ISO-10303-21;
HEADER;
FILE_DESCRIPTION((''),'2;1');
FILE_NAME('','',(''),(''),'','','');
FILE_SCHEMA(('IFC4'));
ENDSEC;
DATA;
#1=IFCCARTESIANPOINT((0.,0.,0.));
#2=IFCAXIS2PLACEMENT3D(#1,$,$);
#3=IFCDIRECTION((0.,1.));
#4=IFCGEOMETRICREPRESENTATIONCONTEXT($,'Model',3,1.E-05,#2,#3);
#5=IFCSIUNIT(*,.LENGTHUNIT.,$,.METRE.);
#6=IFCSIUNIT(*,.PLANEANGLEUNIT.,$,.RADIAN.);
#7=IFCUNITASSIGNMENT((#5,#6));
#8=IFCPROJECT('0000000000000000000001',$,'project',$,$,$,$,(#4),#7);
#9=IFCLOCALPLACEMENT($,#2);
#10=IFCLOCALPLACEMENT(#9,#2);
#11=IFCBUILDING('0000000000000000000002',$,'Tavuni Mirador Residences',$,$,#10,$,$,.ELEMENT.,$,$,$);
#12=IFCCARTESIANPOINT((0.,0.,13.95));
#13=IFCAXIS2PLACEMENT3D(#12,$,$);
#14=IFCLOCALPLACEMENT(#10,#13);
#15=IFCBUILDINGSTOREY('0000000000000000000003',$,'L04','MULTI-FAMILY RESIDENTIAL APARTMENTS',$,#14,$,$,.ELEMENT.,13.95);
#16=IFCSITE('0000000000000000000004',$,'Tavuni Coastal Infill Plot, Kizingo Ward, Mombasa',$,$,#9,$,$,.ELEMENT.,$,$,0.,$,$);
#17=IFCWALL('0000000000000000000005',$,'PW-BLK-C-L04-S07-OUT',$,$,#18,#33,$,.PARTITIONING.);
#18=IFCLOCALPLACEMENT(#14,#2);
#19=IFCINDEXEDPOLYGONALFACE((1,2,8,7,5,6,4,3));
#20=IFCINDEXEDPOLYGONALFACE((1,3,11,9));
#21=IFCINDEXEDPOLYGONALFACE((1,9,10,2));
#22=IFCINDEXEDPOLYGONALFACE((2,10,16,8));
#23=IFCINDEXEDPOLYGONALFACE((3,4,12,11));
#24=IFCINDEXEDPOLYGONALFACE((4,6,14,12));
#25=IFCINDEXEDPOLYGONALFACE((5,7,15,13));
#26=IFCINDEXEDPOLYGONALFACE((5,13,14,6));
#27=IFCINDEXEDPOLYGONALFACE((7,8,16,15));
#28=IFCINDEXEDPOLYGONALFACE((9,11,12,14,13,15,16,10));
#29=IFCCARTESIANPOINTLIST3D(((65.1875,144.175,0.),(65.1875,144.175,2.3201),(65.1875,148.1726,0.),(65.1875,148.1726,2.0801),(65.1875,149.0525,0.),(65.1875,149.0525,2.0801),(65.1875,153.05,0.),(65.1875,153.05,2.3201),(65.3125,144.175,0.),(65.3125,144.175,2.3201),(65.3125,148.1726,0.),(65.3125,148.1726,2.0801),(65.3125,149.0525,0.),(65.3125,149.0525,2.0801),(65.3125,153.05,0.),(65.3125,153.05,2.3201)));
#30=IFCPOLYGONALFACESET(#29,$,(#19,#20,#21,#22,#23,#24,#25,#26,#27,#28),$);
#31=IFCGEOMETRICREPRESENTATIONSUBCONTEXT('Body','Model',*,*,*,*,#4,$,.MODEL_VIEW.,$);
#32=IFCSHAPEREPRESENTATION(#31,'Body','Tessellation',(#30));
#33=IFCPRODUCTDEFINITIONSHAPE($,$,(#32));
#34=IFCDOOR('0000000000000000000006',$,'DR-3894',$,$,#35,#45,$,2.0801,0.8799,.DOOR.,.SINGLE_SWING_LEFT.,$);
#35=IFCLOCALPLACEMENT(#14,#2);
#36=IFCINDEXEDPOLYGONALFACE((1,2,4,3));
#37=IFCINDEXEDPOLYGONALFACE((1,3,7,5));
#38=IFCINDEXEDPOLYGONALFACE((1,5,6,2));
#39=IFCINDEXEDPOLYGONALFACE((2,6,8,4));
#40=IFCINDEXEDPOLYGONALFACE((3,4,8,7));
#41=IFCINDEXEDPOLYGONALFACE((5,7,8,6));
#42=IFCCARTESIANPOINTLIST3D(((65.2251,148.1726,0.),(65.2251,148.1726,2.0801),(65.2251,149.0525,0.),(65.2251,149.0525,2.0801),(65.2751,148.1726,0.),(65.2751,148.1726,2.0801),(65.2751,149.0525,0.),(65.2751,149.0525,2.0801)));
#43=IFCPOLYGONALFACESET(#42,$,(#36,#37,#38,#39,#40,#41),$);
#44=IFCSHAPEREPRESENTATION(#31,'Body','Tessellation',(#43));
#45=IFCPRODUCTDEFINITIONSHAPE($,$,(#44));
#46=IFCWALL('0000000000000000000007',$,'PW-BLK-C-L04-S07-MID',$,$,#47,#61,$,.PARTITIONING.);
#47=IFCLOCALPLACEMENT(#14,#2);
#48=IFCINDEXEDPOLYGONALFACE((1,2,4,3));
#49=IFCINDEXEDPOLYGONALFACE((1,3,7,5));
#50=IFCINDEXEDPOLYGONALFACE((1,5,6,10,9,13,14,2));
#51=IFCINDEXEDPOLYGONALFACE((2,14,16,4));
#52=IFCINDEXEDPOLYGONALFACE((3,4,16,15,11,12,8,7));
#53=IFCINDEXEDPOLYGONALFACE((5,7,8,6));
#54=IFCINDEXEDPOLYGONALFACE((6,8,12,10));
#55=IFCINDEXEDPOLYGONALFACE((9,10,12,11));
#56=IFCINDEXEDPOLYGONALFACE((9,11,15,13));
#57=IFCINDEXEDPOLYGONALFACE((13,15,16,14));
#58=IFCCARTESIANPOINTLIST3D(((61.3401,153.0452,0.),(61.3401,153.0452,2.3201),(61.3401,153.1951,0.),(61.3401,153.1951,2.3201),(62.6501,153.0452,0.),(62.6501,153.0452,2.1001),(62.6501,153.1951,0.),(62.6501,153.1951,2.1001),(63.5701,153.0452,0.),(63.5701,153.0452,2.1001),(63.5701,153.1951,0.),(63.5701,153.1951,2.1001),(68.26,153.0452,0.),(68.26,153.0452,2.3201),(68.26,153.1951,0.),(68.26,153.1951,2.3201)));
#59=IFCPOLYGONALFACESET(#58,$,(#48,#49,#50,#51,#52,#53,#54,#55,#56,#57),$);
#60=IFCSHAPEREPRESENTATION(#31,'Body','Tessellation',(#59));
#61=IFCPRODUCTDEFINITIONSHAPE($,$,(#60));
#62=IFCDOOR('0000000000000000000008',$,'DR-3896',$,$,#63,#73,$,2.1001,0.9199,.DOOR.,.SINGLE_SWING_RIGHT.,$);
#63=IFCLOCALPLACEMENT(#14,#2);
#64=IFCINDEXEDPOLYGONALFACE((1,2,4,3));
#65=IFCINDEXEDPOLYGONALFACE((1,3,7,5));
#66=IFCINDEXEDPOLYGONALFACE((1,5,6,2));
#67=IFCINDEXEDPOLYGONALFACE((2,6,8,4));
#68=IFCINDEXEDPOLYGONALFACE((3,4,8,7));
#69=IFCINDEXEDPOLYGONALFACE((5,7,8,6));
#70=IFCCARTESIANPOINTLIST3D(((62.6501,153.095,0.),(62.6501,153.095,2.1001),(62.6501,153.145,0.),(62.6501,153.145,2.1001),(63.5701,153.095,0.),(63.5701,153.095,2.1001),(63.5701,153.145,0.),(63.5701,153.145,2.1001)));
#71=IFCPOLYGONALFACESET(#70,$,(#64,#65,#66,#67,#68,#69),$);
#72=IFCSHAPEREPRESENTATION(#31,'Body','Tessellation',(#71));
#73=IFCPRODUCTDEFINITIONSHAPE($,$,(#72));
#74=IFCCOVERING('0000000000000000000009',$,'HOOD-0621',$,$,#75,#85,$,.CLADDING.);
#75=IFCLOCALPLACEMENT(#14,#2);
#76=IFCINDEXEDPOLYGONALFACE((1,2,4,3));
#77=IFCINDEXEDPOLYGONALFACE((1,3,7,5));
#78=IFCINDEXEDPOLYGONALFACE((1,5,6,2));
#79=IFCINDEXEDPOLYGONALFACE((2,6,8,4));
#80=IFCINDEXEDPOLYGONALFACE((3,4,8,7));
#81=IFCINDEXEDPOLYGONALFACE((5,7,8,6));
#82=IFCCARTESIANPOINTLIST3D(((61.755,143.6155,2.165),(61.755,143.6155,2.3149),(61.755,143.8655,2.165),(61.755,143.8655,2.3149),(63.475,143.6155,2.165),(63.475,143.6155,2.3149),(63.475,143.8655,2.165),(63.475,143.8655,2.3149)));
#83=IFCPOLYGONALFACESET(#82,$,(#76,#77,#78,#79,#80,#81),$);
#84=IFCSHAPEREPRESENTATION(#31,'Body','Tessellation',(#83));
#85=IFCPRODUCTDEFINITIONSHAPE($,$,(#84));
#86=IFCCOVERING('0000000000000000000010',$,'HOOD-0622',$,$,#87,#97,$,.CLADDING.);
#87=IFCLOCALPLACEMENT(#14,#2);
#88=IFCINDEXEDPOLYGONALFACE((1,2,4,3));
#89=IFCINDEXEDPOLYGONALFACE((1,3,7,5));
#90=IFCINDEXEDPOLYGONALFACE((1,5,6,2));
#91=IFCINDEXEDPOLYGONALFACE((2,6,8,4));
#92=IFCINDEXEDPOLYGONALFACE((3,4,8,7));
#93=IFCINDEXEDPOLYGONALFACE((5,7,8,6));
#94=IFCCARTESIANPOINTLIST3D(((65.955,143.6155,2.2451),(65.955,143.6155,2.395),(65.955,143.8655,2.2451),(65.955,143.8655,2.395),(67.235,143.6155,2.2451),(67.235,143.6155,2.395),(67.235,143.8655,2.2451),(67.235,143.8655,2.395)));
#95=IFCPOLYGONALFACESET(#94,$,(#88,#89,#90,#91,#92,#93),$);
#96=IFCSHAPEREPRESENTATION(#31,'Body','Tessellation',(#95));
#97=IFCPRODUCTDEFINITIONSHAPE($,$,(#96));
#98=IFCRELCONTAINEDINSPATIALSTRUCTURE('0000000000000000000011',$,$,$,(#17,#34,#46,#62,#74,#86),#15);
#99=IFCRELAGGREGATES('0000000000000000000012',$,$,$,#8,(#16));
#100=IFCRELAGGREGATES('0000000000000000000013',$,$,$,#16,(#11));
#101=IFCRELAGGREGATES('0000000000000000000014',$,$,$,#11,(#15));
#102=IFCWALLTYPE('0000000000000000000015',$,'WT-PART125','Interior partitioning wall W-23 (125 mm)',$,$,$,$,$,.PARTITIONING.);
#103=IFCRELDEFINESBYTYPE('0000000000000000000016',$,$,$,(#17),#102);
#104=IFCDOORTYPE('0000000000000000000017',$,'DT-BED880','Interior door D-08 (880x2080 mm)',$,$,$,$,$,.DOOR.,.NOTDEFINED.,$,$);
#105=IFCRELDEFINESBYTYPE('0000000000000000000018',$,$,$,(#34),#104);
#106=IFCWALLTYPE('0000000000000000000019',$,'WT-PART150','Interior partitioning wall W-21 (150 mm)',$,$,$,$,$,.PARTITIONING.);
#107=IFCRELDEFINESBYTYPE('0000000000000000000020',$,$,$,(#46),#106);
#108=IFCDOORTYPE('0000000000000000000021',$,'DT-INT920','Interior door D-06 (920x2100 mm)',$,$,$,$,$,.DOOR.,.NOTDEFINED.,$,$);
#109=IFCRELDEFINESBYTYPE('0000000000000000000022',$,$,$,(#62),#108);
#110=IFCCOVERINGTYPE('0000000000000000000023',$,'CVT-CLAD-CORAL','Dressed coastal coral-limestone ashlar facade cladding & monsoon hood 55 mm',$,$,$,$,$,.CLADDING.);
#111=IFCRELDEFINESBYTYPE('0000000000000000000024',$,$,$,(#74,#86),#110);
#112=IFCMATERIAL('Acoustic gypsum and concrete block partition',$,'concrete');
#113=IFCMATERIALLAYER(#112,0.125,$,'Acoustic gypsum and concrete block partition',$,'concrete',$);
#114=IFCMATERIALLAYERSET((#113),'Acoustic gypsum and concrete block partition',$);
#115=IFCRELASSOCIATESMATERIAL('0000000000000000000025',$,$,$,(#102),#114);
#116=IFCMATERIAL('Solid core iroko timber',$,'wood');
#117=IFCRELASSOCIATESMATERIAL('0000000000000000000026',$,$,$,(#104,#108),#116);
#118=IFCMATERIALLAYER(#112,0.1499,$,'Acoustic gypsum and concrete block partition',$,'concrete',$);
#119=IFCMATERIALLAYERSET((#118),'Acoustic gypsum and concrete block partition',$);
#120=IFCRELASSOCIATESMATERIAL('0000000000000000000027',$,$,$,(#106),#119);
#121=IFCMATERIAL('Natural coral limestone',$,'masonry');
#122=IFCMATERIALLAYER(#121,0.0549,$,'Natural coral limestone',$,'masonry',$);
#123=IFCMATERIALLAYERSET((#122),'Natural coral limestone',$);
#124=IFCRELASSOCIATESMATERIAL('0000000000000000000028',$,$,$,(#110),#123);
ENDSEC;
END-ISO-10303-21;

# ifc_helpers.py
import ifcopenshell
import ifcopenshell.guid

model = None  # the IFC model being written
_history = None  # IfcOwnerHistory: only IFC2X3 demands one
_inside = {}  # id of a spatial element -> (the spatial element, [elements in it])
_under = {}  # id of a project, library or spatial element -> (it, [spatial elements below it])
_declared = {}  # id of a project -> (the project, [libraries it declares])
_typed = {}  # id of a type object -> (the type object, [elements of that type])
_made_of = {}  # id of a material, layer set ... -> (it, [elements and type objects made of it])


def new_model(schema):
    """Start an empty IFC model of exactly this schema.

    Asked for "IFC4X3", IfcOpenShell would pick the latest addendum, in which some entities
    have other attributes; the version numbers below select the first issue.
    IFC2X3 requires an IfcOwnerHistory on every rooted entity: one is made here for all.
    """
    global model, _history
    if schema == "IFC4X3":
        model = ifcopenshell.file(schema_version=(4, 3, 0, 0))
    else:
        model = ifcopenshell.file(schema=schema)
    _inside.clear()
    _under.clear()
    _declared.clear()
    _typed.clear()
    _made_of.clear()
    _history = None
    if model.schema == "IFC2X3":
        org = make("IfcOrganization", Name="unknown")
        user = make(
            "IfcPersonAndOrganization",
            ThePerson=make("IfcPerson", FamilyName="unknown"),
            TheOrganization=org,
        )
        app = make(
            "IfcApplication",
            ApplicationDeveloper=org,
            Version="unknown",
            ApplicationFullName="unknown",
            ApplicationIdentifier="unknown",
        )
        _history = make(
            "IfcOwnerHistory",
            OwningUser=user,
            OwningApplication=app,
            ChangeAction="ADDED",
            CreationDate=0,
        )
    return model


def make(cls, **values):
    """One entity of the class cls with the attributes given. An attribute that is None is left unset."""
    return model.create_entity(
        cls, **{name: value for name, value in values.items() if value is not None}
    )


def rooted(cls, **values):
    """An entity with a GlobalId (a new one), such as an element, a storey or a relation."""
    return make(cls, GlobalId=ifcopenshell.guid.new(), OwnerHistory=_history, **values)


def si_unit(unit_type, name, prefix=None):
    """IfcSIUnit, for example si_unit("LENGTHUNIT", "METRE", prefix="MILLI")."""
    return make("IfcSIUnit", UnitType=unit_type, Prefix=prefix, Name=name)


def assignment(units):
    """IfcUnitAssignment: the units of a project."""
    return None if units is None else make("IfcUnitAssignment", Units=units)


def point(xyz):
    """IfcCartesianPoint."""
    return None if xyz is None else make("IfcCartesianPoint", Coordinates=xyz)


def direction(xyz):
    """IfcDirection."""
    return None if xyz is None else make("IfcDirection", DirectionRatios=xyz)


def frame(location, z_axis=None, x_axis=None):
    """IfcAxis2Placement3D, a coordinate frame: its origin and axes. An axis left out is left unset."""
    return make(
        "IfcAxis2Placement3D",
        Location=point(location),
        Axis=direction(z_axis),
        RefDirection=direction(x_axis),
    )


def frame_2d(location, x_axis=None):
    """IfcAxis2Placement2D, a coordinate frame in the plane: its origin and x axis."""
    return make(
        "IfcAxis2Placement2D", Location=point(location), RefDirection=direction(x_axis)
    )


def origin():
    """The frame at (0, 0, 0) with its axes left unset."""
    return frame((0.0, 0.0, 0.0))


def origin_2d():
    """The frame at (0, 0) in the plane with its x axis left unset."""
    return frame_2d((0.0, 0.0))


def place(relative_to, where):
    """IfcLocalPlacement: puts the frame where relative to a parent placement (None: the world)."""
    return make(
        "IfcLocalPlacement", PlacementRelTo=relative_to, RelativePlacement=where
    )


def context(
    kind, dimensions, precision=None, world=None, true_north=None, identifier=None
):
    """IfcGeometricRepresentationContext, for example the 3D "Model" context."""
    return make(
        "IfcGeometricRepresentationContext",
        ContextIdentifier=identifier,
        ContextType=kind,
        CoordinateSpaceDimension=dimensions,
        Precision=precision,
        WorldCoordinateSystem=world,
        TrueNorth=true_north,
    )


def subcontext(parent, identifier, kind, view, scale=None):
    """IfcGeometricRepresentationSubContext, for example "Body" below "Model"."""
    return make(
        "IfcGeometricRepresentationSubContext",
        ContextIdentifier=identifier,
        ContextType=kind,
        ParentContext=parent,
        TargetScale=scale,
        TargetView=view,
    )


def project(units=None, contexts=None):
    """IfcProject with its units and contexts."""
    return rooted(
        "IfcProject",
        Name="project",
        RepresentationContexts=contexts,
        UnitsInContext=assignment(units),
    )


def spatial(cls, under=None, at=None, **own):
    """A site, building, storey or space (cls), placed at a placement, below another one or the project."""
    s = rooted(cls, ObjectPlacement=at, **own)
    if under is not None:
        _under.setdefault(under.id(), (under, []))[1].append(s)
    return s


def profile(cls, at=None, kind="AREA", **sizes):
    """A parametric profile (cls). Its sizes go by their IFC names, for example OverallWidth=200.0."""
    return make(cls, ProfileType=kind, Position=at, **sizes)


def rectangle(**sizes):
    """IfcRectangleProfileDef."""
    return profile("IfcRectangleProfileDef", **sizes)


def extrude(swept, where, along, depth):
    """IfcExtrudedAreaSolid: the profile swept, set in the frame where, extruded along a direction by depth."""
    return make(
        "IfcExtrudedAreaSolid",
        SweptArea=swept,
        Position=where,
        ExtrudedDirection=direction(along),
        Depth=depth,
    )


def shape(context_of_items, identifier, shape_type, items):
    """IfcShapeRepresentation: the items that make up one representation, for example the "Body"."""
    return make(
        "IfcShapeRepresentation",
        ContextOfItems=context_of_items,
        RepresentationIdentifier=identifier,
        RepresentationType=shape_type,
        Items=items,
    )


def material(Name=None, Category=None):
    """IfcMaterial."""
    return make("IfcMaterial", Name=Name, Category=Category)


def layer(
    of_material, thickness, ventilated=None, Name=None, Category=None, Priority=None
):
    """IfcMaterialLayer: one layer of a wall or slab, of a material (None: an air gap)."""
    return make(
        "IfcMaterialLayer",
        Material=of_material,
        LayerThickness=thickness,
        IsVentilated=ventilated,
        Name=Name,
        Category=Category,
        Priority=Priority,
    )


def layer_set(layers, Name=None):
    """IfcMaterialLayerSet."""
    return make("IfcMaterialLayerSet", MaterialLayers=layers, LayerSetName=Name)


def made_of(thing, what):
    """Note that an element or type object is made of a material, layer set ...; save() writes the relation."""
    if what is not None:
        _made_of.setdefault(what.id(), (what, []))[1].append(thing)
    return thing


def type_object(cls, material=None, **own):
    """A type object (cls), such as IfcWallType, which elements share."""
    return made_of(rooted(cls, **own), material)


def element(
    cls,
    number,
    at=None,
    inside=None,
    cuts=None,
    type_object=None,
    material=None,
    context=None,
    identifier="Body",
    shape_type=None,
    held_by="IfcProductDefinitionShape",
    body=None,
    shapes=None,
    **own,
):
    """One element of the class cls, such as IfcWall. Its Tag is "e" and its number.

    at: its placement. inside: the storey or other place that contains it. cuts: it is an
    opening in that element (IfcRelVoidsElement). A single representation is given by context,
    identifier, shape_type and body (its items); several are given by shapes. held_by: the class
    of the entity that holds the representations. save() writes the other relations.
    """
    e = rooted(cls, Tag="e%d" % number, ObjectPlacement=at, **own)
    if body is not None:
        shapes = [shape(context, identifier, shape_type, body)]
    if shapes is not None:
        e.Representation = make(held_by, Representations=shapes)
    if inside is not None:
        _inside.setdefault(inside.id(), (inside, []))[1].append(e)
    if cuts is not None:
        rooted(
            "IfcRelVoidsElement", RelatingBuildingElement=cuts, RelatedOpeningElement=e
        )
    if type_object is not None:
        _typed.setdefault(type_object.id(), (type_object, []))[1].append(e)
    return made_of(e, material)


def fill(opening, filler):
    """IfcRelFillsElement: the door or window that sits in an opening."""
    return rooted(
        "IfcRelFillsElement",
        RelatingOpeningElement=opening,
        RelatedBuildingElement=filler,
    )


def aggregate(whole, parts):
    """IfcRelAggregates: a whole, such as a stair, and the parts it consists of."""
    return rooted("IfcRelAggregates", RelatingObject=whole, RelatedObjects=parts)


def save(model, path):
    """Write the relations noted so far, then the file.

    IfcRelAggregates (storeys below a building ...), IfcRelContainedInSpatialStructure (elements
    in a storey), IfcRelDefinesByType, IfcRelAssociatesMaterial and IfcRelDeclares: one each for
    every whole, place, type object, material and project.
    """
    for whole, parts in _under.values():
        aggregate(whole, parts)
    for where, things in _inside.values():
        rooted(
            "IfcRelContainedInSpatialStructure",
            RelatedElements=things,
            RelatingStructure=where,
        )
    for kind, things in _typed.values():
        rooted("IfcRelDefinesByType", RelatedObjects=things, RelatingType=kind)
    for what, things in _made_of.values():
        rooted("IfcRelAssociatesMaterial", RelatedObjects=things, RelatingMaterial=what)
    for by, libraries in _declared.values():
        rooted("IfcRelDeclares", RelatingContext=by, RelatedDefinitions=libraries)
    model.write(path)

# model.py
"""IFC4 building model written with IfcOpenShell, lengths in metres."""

from ifc_helpers import new_model, si_unit, direction, frame, frame_2d, origin, origin_2d, place, context, subcontext, project, spatial, rectangle, extrude, material, layer, layer_set, type_object, element, fill, save


model = new_model("IFC4")

# Units and contexts
model_context = context("Model", 3, precision=1e-05, world=origin(), true_north=direction((0.0, 1.0)))
body_context = subcontext(model_context, "Body", "Model", "MODEL_VIEW")
ifc_project = project(units=[si_unit("LENGTHUNIT", "METRE"), si_unit("PLANEANGLEUNIT", "RADIAN")], contexts=[model_context])

# Site, building, storey
site_placement = place(None, origin())
site = spatial("IfcSite", under=ifc_project, at=site_placement, Name="Tavuni Coastal Infill Plot, Kizingo Ward, Mombasa", CompositionType="ELEMENT", RefElevation=0.0)
building_placement = place(site_placement, origin())
building = spatial("IfcBuilding", under=site, at=building_placement, Name="Tavuni Mirador Residences", CompositionType="ELEMENT")
storey_placement = place(building_placement, frame((0.0, 0.0, 13.95)))
storey = spatial("IfcBuildingStorey", under=building, at=storey_placement, Name="L04", Description="MULTI-FAMILY RESIDENTIAL APARTMENTS", CompositionType="ELEMENT", Elevation=13.95)

# Shared definitions
ifc_material_1 = material(Name="Solid core iroko timber", Category="wood")

# Walls, openings, doors
ifc_material_2 = material(Name="Acoustic gypsum and concrete block partition", Category="concrete")
ifc_layer_1 = layer(ifc_material_2, 0.125, Name="Acoustic gypsum and concrete block partition", Category="concrete")
ifc_layer_set_1 = layer_set([ifc_layer_1], Name="Acoustic gypsum and concrete block partition")
wall_type_1 = type_object("IfcWallType", Name="WT-PART125", Description="Interior partitioning wall W-23 (125 mm)", PredefinedType="PARTITIONING", material=ifc_layer_set_1)
wall_1_placement = place(storey_placement, frame((65.25, 144.175, 0.0), z_axis=(0.0, 0.0, 1.0), x_axis=(0.0, 1.0, 0.0)))
wall_1 = element("IfcWall", 1, at=wall_1_placement, inside=storey, type_object=wall_type_1, Name="PW-BLK-C-L04-S07-OUT", PredefinedType="PARTITIONING", context=body_context, shape_type="SweptSolid", body=[
    extrude(rectangle(XDim=8.875, YDim=0.125, at=frame_2d((4.4375, 0.0))), origin(), (0.0, 0.0, 1.0), 2.3201),
])
opening_1_placement = place(wall_1_placement, frame((3.9976, 0.0, 0.0)))
opening_1 = element("IfcOpeningElement", 2, at=opening_1_placement, cuts=wall_1, PredefinedType="OPENING", context=body_context, shape_type="SweptSolid", body=[
    extrude(rectangle(XDim=0.8799, YDim=2.0801, at=frame_2d((0.4399, 1.04))), frame((0.0, 0.0725, 0.0), z_axis=(0.0, -1.0, 0.0), x_axis=(1.0, 0.0, 0.0)), (0.0, 0.0, 1.0), 0.145),
])
door_type_1 = type_object("IfcDoorType", Name="DT-BED880", Description="Interior door D-08 (880x2080 mm)", OperationType="NOTDEFINED", PredefinedType="DOOR", material=ifc_material_1)
door_1_placement = place(opening_1_placement, origin())
door_1 = element("IfcDoor", 3, at=door_1_placement, inside=storey, type_object=door_type_1, Name="DR-3894", OperationType="SINGLE_SWING_LEFT", OverallHeight=2.0801, OverallWidth=0.8799, PredefinedType="DOOR", context=body_context, shape_type="SweptSolid", body=[
    extrude(rectangle(XDim=0.8799, YDim=2.0801, at=frame_2d((0.4399, 1.04))), frame((0.0, 0.0249, 0.0), z_axis=(0.0, -1.0, 0.0), x_axis=(1.0, 0.0, 0.0)), (0.0, 0.0, 1.0), 0.05),
])
fill(opening_1, door_1)
ifc_layer_2 = layer(ifc_material_2, 0.1499, Name="Acoustic gypsum and concrete block partition", Category="concrete")
ifc_layer_set_2 = layer_set([ifc_layer_2], Name="Acoustic gypsum and concrete block partition")
wall_type_2 = type_object("IfcWallType", Name="WT-PART150", Description="Interior partitioning wall W-21 (150 mm)", PredefinedType="PARTITIONING", material=ifc_layer_set_2)
wall_2_placement = place(storey_placement, frame((61.3401, 153.1201, 0.0), z_axis=(0.0, 0.0, 1.0), x_axis=(1.0, 0.0, 0.0)))
wall_2 = element("IfcWall", 4, at=wall_2_placement, inside=storey, type_object=wall_type_2, Name="PW-BLK-C-L04-S07-MID", PredefinedType="PARTITIONING", context=body_context, shape_type="SweptSolid", body=[
    extrude(rectangle(XDim=6.9199, YDim=0.1499, at=frame_2d((3.46, 0.0))), origin(), (0.0, 0.0, 1.0), 2.3201),
])
opening_2_placement = place(wall_2_placement, frame((1.3101, 0.0, 0.0)))
opening_2 = element("IfcOpeningElement", 5, at=opening_2_placement, cuts=wall_2, PredefinedType="OPENING", context=body_context, shape_type="SweptSolid", body=[
    extrude(rectangle(XDim=0.9199, YDim=2.1001, at=frame_2d((0.46, 1.05))), frame((0.0, 0.085, 0.0), z_axis=(0.0, -1.0, 0.0), x_axis=(1.0, 0.0, 0.0)), (0.0, 0.0, 1.0), 0.1699),
])
door_type_2 = type_object("IfcDoorType", Name="DT-INT920", Description="Interior door D-06 (920x2100 mm)", OperationType="NOTDEFINED", PredefinedType="DOOR", material=ifc_material_1)
door_2_placement = place(opening_2_placement, origin())
door_2 = element("IfcDoor", 6, at=door_2_placement, inside=storey, type_object=door_type_2, Name="DR-3896", OperationType="SINGLE_SWING_RIGHT", OverallHeight=2.1001, OverallWidth=0.9199, PredefinedType="DOOR", context=body_context, shape_type="SweptSolid", body=[
    extrude(rectangle(XDim=0.9199, YDim=2.1001, at=frame_2d((0.46, 1.05))), frame((0.0, 0.0249, 0.0), z_axis=(0.0, -1.0, 0.0), x_axis=(1.0, 0.0, 0.0)), (0.0, 0.0, 1.0), 0.05),
])
fill(opening_2, door_2)

# Coverings
ifc_material_3 = material(Name="Natural coral limestone", Category="masonry")
ifc_layer_3 = layer(ifc_material_3, 0.0549, Name="Natural coral limestone", Category="masonry")
ifc_layer_set_3 = layer_set([ifc_layer_3], Name="Natural coral limestone")
covering_type = type_object("IfcCoveringType", Name="CVT-CLAD-CORAL", Description="Dressed coastal coral-limestone ashlar facade cladding & monsoon hood 55 mm", PredefinedType="CLADDING", material=ifc_layer_set_3)
covering_1_placement = place(storey_placement, frame((62.615, 143.7405, 2.165), z_axis=(0.0, 0.0, 1.0), x_axis=(1.0, 0.0, 0.0)))
element("IfcCovering", 7, at=covering_1_placement, inside=storey, type_object=covering_type, Name="HOOD-0621", PredefinedType="CLADDING", context=body_context, shape_type="SweptSolid", body=[
    extrude(rectangle(XDim=1.72, YDim=0.25, at=origin_2d()), origin(), (0.0, 0.0, 1.0), 0.1499),
])
covering_2_placement = place(storey_placement, frame((66.595, 143.7405, 2.2451), z_axis=(0.0, 0.0, 1.0), x_axis=(1.0, 0.0, 0.0)))
element("IfcCovering", 8, at=covering_2_placement, inside=storey, type_object=covering_type, Name="HOOD-0622", PredefinedType="CLADDING", context=body_context, shape_type="SweptSolid", body=[
    extrude(rectangle(XDim=1.28, YDim=0.25, at=origin_2d()), origin(), (0.0, 0.0, 1.0), 0.1499),
])

save(model, "model.ifc")
